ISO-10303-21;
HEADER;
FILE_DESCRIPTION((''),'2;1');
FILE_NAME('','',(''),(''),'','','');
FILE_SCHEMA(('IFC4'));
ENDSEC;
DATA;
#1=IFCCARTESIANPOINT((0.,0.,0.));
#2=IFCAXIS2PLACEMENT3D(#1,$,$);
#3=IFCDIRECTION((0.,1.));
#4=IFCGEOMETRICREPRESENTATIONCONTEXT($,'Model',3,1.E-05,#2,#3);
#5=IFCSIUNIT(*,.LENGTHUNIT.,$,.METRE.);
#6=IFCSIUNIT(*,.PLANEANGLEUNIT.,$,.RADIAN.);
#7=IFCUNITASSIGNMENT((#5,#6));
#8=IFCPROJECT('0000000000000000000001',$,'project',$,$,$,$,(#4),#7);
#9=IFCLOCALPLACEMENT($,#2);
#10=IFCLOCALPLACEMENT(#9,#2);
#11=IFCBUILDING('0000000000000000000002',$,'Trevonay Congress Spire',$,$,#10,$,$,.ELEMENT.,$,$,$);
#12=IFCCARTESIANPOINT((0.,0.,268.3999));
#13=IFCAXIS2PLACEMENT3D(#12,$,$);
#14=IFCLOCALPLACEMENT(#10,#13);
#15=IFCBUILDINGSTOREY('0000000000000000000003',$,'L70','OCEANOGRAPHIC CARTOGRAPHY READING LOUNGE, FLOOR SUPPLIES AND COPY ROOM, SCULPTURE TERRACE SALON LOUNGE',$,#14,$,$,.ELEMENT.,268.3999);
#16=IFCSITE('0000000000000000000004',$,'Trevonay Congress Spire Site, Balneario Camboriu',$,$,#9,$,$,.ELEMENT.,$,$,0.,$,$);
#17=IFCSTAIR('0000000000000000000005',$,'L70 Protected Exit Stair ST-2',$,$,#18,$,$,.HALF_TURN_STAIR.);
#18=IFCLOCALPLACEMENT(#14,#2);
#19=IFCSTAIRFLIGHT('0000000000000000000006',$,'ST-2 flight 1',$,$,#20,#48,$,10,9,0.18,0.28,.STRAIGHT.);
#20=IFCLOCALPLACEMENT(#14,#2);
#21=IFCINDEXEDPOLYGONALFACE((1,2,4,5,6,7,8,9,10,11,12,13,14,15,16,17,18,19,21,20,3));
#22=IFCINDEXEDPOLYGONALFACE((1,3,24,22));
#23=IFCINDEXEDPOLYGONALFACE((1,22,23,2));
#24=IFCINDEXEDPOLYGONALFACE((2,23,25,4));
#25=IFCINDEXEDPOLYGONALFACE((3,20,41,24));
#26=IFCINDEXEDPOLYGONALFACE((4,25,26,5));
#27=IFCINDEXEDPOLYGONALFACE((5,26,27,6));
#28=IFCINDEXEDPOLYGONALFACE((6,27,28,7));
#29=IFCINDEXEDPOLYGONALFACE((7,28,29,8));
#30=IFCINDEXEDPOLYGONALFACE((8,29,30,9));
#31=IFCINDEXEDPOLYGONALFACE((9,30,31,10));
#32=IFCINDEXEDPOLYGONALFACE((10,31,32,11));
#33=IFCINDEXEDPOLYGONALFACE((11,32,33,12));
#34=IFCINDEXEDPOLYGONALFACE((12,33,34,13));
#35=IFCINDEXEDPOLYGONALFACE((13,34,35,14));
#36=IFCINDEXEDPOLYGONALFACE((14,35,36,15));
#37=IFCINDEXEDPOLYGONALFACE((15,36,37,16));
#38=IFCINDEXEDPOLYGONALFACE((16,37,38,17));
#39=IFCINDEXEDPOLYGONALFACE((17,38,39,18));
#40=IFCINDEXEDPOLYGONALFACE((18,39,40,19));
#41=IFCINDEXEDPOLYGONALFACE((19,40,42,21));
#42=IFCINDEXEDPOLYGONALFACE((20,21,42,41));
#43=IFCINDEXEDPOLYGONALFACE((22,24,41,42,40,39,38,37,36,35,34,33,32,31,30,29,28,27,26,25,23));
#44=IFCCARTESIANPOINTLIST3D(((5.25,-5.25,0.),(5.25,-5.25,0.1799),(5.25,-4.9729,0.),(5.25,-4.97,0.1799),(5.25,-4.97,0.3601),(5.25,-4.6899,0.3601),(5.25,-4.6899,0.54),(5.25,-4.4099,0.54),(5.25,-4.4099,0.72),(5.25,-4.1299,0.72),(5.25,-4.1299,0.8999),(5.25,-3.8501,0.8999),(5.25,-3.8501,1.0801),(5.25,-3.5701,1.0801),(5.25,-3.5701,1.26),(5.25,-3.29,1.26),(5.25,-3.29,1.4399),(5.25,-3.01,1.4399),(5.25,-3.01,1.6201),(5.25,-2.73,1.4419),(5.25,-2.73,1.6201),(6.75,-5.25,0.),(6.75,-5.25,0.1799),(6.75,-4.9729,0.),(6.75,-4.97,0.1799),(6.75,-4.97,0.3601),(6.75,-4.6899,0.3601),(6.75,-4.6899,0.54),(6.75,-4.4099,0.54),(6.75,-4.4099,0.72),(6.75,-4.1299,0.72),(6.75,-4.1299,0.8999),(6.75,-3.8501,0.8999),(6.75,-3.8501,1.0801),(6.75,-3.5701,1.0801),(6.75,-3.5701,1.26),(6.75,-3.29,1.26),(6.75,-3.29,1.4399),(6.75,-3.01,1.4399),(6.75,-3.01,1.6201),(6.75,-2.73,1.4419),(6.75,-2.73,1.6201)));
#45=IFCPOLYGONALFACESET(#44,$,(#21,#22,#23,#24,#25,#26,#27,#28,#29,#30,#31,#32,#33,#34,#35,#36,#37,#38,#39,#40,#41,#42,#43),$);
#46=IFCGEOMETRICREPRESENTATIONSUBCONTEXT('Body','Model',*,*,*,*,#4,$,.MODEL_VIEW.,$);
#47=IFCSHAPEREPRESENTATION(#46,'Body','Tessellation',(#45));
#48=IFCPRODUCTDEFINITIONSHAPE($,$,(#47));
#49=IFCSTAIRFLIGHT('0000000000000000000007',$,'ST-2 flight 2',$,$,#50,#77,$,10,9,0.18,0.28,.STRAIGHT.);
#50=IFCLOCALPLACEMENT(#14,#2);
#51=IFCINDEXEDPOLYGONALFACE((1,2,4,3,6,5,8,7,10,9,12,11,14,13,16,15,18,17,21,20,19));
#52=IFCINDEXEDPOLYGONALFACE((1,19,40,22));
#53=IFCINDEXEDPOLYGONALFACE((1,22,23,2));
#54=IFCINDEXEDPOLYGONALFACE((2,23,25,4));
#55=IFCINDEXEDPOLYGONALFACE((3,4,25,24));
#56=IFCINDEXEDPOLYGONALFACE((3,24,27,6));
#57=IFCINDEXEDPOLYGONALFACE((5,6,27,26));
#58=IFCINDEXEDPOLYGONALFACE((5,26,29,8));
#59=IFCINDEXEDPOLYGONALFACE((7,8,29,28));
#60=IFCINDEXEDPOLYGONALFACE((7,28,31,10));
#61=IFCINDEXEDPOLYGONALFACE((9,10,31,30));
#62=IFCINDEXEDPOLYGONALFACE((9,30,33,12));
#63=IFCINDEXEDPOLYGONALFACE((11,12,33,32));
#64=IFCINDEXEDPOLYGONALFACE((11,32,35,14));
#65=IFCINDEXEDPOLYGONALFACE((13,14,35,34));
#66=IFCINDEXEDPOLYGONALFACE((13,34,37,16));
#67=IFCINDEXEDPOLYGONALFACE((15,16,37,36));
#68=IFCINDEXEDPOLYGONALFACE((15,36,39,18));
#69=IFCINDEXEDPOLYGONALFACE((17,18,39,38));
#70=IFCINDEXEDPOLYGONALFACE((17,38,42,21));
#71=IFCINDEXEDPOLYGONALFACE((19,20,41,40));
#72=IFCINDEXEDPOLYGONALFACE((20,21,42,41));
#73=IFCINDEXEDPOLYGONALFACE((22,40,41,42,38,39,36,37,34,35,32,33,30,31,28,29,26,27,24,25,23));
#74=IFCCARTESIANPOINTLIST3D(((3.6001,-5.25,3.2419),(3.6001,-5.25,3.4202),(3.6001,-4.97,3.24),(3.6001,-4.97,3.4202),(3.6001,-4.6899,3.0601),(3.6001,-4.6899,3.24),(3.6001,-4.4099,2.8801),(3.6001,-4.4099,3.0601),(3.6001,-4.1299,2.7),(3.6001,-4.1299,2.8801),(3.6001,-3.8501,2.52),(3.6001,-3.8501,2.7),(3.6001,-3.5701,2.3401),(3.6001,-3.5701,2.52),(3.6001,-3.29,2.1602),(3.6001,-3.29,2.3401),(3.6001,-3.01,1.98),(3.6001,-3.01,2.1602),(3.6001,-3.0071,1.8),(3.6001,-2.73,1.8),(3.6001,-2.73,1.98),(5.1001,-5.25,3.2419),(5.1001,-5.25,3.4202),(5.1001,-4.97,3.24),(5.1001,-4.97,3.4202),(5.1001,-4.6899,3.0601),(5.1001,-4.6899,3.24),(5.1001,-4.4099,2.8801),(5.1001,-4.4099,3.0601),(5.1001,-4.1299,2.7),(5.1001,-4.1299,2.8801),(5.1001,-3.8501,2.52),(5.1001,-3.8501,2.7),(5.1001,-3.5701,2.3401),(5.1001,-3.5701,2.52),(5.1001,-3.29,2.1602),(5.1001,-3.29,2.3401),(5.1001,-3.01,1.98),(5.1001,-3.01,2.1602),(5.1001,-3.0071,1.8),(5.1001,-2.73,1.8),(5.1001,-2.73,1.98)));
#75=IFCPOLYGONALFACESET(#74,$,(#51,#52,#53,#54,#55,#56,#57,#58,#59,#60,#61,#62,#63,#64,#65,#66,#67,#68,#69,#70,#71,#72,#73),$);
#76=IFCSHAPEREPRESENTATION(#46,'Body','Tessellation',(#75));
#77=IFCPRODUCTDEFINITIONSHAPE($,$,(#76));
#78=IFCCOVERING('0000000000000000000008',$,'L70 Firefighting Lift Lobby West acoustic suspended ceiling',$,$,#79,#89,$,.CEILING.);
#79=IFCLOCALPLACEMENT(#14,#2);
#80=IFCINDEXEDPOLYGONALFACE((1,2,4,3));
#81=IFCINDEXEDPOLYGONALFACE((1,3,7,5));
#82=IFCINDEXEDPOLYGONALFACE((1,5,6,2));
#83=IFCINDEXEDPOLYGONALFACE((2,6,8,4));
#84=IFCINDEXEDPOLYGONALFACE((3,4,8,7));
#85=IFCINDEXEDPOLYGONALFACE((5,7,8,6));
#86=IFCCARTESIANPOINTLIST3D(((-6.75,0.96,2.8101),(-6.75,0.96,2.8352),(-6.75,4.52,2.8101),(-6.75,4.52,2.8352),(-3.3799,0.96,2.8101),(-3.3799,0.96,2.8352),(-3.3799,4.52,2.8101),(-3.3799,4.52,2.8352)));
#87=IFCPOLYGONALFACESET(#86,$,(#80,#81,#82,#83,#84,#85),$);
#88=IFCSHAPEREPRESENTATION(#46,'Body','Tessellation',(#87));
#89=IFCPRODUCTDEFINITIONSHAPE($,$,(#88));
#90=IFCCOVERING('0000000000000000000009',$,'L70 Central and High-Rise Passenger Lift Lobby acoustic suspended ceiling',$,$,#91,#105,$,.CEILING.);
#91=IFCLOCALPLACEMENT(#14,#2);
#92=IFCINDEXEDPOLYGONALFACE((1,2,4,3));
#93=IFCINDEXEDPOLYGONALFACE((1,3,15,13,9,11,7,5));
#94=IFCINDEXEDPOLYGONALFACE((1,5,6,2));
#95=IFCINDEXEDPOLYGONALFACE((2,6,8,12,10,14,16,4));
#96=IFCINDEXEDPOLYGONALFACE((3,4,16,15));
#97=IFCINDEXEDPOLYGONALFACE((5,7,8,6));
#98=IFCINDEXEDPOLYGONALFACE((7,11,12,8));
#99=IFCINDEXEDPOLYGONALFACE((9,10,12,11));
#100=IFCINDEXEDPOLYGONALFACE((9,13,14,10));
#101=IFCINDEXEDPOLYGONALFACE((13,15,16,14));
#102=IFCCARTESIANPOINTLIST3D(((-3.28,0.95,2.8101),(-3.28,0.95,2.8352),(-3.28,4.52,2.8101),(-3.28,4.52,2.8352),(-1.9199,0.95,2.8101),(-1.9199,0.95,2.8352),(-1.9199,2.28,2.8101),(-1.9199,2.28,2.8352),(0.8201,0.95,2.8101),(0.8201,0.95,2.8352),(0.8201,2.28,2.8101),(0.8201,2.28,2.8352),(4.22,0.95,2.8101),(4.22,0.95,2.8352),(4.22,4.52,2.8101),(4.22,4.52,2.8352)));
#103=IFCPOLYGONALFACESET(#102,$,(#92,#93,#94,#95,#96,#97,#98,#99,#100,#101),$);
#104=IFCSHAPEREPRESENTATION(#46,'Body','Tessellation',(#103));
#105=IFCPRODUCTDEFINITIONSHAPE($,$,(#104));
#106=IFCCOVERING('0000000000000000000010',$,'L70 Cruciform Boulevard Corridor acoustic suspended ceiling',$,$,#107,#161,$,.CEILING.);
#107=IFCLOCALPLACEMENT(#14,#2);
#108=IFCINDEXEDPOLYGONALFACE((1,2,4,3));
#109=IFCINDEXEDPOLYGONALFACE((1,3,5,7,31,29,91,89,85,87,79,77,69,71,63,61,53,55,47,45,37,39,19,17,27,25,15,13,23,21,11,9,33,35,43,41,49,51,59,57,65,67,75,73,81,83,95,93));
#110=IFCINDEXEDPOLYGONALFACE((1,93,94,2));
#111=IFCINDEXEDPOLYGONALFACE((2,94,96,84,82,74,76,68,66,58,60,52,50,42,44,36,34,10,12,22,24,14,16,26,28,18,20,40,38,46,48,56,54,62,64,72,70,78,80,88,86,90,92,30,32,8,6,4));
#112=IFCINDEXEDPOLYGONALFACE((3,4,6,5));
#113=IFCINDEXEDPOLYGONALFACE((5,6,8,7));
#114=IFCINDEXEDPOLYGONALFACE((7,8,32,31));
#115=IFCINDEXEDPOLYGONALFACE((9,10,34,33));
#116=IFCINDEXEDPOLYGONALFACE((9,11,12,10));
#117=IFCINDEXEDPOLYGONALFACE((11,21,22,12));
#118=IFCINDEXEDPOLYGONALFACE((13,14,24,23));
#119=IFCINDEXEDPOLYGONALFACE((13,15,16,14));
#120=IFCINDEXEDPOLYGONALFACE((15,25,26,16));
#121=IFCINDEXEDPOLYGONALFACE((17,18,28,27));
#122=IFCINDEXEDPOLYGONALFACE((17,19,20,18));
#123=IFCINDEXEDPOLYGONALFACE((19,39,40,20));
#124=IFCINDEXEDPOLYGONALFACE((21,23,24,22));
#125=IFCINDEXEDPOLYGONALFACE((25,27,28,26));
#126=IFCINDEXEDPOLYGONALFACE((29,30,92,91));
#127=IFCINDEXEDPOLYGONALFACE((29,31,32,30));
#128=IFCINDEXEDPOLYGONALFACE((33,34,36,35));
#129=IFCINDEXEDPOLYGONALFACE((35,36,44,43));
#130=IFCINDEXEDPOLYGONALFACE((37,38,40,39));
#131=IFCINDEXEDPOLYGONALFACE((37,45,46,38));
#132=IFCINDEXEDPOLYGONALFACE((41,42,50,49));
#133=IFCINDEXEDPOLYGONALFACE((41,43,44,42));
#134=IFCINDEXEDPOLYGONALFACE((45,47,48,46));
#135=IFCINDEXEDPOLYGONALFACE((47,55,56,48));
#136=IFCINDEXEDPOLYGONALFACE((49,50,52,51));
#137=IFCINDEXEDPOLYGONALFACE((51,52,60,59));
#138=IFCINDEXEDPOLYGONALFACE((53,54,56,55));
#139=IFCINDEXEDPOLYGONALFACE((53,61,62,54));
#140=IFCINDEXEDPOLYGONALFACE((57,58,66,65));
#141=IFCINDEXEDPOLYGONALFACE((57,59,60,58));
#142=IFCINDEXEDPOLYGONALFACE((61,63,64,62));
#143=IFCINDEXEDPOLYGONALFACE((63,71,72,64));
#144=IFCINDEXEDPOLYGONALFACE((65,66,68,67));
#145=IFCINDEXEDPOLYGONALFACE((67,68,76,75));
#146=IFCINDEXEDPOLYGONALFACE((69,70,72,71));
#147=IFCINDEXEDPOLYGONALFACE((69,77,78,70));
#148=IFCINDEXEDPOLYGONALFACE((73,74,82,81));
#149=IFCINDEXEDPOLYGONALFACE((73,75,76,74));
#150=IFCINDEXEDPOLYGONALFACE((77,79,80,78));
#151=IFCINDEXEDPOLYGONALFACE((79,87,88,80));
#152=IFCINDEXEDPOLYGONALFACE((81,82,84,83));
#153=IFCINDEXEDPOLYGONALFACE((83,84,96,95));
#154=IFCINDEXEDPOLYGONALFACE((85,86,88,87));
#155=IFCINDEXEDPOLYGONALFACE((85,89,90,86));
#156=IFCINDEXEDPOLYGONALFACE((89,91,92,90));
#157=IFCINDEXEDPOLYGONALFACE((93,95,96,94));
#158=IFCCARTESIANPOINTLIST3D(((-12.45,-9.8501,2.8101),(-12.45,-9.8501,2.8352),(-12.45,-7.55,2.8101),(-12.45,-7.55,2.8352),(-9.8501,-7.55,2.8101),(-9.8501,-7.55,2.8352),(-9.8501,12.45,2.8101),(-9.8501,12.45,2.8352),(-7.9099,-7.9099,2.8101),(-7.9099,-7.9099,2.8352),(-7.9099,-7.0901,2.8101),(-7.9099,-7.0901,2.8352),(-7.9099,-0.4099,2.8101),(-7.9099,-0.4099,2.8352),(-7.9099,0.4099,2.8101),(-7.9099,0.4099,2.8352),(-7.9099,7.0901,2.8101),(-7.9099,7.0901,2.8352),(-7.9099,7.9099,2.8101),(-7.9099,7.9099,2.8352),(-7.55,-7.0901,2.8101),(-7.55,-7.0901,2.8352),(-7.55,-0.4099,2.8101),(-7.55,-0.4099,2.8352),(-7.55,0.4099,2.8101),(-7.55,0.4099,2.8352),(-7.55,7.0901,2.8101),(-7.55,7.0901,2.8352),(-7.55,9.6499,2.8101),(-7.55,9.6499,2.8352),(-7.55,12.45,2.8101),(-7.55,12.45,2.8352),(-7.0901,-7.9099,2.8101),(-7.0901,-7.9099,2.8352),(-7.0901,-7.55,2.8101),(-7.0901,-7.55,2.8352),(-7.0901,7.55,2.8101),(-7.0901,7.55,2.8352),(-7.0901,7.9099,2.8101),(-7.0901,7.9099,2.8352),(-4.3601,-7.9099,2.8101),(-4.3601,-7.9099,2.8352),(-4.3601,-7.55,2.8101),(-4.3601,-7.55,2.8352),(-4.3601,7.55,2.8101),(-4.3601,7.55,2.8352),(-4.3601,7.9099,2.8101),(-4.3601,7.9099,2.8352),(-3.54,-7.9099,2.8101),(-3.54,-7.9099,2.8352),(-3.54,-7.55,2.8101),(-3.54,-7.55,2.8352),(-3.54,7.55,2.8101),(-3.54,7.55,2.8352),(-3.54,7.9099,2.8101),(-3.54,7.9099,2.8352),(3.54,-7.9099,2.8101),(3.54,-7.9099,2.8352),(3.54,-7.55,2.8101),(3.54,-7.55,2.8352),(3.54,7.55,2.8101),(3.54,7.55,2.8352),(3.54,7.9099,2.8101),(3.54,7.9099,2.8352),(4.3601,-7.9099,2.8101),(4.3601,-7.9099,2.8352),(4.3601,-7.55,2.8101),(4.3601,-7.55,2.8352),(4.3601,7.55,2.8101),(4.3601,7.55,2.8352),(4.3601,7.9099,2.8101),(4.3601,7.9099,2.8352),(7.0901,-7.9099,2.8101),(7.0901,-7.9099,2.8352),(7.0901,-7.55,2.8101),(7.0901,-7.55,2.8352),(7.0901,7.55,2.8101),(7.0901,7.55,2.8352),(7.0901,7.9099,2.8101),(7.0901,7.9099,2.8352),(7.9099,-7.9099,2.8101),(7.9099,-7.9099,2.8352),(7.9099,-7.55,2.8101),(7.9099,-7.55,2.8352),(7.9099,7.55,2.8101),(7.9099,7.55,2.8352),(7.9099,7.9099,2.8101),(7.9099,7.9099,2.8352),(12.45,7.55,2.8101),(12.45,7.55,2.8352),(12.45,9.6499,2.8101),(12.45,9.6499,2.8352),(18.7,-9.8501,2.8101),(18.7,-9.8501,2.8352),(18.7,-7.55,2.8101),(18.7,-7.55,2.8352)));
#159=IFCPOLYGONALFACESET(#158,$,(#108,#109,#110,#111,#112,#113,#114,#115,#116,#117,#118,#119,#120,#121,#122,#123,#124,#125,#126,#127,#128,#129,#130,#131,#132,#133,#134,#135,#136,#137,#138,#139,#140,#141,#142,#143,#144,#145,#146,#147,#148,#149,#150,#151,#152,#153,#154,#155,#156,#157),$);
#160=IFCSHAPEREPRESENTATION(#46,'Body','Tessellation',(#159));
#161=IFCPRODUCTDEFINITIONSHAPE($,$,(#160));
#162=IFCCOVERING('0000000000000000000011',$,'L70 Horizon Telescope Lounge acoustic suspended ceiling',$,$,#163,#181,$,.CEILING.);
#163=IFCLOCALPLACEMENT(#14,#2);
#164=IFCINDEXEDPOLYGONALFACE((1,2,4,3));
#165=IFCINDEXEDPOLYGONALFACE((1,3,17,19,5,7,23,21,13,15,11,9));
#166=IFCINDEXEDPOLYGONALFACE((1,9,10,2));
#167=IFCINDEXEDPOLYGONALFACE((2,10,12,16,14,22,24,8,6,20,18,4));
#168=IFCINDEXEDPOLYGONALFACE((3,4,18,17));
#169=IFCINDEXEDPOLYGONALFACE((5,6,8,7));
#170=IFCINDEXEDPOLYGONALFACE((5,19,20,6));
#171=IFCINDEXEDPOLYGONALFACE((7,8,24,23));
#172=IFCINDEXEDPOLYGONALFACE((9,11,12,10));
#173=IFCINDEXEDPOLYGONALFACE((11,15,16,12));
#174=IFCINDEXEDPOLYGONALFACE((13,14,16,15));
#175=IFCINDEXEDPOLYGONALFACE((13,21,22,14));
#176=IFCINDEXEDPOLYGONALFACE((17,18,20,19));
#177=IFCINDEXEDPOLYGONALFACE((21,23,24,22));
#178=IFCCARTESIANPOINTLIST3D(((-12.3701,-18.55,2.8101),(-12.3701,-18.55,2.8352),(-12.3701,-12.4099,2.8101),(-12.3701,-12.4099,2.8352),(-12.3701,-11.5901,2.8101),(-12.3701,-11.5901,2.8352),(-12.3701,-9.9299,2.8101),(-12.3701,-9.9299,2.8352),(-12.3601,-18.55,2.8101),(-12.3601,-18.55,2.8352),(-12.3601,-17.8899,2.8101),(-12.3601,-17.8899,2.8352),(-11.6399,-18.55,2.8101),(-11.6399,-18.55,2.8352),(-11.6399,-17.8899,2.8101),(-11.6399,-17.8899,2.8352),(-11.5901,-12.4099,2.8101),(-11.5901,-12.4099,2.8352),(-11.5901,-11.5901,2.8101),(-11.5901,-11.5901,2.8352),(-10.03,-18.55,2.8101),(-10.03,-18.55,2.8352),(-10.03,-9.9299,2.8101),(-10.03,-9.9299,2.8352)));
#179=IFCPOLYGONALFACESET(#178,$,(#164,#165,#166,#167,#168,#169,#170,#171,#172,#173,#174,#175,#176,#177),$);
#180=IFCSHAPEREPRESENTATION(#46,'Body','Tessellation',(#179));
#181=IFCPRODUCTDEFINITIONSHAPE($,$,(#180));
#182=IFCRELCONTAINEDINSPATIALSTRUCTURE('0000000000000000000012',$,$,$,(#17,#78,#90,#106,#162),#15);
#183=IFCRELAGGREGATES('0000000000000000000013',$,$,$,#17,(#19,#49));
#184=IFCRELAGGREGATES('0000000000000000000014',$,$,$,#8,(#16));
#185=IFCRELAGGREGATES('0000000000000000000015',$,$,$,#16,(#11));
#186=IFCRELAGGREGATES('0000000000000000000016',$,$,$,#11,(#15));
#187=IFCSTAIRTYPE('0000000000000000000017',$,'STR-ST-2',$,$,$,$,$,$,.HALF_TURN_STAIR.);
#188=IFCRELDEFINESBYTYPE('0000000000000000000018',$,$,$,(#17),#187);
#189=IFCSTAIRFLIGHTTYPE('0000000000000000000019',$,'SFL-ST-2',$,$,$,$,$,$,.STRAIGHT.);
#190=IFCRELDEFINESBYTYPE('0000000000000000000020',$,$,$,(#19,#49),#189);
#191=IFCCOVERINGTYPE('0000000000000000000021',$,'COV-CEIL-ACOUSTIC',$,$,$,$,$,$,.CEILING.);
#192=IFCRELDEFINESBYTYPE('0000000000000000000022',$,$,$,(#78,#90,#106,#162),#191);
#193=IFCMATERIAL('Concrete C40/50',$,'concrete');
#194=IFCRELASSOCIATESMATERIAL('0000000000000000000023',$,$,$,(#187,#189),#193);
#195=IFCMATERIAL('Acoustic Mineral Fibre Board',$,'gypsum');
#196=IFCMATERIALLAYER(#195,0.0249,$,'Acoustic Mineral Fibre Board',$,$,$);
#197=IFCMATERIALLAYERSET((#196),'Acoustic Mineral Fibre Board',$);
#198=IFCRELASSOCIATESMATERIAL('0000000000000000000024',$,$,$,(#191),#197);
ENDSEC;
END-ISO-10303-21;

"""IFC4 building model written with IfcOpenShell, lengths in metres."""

from ifc_helpers import new_model, si_unit, direction, frame, origin, place, context, subcontext, project, spatial, polyline, outline, extrude, material, layer, layer_set, type_object, element, aggregate, save


model = new_model("IFC4")

# Units and contexts
model_context = context("Model", 3, precision=1e-05, world=origin(), true_north=direction((0.0, 1.0)))
body_context = subcontext(model_context, "Body", "Model", "MODEL_VIEW")
ifc_project = project(units=[si_unit("LENGTHUNIT", "METRE"), si_unit("PLANEANGLEUNIT", "RADIAN")], contexts=[model_context])

# Site, building, storey
site_placement = place(None, origin())
site = spatial("IfcSite", under=ifc_project, at=site_placement, Name="Trevonay Congress Spire Site, Balneario Camboriu", CompositionType="ELEMENT", RefElevation=0.0)
building_placement = place(site_placement, origin())
building = spatial("IfcBuilding", under=site, at=building_placement, Name="Trevonay Congress Spire", CompositionType="ELEMENT")
storey_placement = place(building_placement, frame((0.0, 0.0, 268.3999)))
storey = spatial("IfcBuildingStorey", under=building, at=storey_placement, Name="L70", Description="OCEANOGRAPHIC CARTOGRAPHY READING LOUNGE, FLOOR SUPPLIES AND COPY ROOM, SCULPTURE TERRACE SALON LOUNGE", CompositionType="ELEMENT", Elevation=268.3999)

# Stair
ifc_material_1 = material(Name="Concrete C40/50", Category="concrete")
stair_type = type_object("IfcStairType", Name="STR-ST-2", PredefinedType="HALF_TURN_STAIR", material=ifc_material_1)
stair_placement = place(storey_placement, origin())
stair = element("IfcStair", 1, at=stair_placement, inside=storey, type_object=stair_type, Name="L70 Protected Exit Stair ST-2", PredefinedType="HALF_TURN_STAIR")

# Stair flights
stair_flight_type = type_object("IfcStairFlightType", Name="SFL-ST-2", PredefinedType="STRAIGHT", material=ifc_material_1)
stair_flight_1_placement = place(storey_placement, frame((6.0, -5.25, 0.0), z_axis=(0.0, 0.0, 1.0), x_axis=(0.0, 1.0, 0.0)))
stair_flight_1 = element("IfcStairFlight", 2, at=stair_flight_1_placement, type_object=stair_flight_type, Name="ST-2 flight 1", NumberOfRisers=10, NumberOfTreads=9, PredefinedType="STRAIGHT", RiserHeight=0.18, TreadLength=0.28, context=body_context, shape_type="SweptSolid", body=[
    extrude(outline(polyline([(0.0, 0.0), (0.0, 0.1799), (0.28, 0.1799), (0.28, 0.3601), (0.5601, 0.3601), (0.5601, 0.54), (0.8401, 0.54), (0.8401, 0.72), (1.1201, 0.72), (1.1201, 0.8999), (1.3999, 0.8999), (1.3999, 1.0801), (1.6799, 1.0801), (1.6799, 1.26), (1.96, 1.26), (1.96, 1.4399), (2.24, 1.4399), (2.24, 1.6201), (2.52, 1.6201), (2.52, 1.8), (2.52, 1.4419), (0.2771, 0.0), (0.0, 0.0)])), frame((0.0, 0.75, 0.0), z_axis=(0.0, -1.0, 0.0), x_axis=(1.0, 0.0, 0.0)), (0.0, 0.0, 1.0), 1.5),
])
stair_flight_2_placement = place(storey_placement, frame((4.3501, -2.73, 1.8), z_axis=(0.0, 0.0, 1.0), x_axis=(0.0, -1.0, 0.0)))
stair_flight_2 = element("IfcStairFlight", 3, at=stair_flight_2_placement, type_object=stair_flight_type, Name="ST-2 flight 2", NumberOfRisers=10, NumberOfTreads=9, PredefinedType="STRAIGHT", RiserHeight=0.18, TreadLength=0.28, context=body_context, shape_type="SweptSolid", body=[
    extrude(outline(polyline([(0.0, 0.0), (0.0, 0.1799), (0.28, 0.1799), (0.28, 0.3601), (0.5601, 0.3601), (0.5601, 0.54), (0.8401, 0.54), (0.8401, 0.72), (1.1201, 0.72), (1.1201, 0.8999), (1.3999, 0.8999), (1.3999, 1.0801), (1.6799, 1.0801), (1.6799, 1.26), (1.96, 1.26), (1.96, 1.4399), (2.24, 1.4399), (2.24, 1.6201), (2.52, 1.6201), (2.52, 1.8), (2.52, 1.4419), (0.2771, 0.0), (0.0, 0.0)])), frame((0.0, 0.75, 0.0), z_axis=(0.0, -1.0, 0.0), x_axis=(1.0, 0.0, 0.0)), (0.0, 0.0, 1.0), 1.5),
])
aggregate(stair, [stair_flight_1, stair_flight_2])

# Coverings
ifc_material_2 = material(Name="Acoustic Mineral Fibre Board", Category="gypsum")
ifc_layer_1 = layer(ifc_material_2, 0.0249, Name="Acoustic Mineral Fibre Board")
ifc_layer_set_1 = layer_set([ifc_layer_1], Name="Acoustic Mineral Fibre Board")
covering_type_1 = type_object("IfcCoveringType", Name="COV-CEIL-ACOUSTIC", PredefinedType="CEILING", material=ifc_layer_set_1)
covering_1_placement = place(storey_placement, frame((0.0, 0.0, 2.8101)))
element("IfcCovering", 4, at=covering_1_placement, inside=storey, type_object=covering_type_1, Name="L70 Firefighting Lift Lobby West acoustic suspended ceiling", PredefinedType="CEILING", context=body_context, shape_type="SweptSolid", body=[
    extrude(outline(polyline([(-6.75, 0.96), (-3.3799, 0.96), (-3.3799, 4.52), (-6.75, 4.52), (-6.75, 0.96)])), origin(), (0.0, 0.0, 1.0), 0.0251),
])
covering_2_placement = place(storey_placement, frame((0.0, 0.0, 2.8101)))
element("IfcCovering", 5, at=covering_2_placement, inside=storey, type_object=covering_type_1, Name="L70 Central and High-Rise Passenger Lift Lobby acoustic suspended ceiling", PredefinedType="CEILING", context=body_context, shape_type="SweptSolid", body=[
    extrude(outline(polyline([(-3.28, 0.95), (-1.9199, 0.95), (-1.9199, 2.28), (0.8201, 2.28), (0.8201, 0.95), (4.22, 0.95), (4.22, 4.52), (-3.28, 4.52), (-3.28, 0.95)])), origin(), (0.0, 0.0, 1.0), 0.0251),
])
covering_3_placement = place(storey_placement, frame((0.0, 0.0, 2.8101)))
element("IfcCovering", 6, at=covering_3_placement, inside=storey, type_object=covering_type_1, Name="L70 Cruciform Boulevard Corridor acoustic suspended ceiling", PredefinedType="CEILING", context=body_context, shape_type="SweptSolid", body=[
    extrude(outline(polyline([(18.7, -7.55), (18.7, -9.8501), (-12.45, -9.8501), (-12.45, -7.55), (-9.8501, -7.55), (-9.8501, 12.45), (-7.55, 12.45), (-7.55, 9.6499), (12.45, 9.6499), (12.45, 7.55), (7.9099, 7.55), (7.9099, 7.9099), (7.0901, 7.9099), (7.0901, 7.55), (4.3601, 7.55), (4.3601, 7.9099), (3.54, 7.9099), (3.54, 7.55), (-3.54, 7.55), (-3.54, 7.9099), (-4.3601, 7.9099), (-4.3601, 7.55), (-7.0901, 7.55), (-7.0901, 7.9099), (-7.9099, 7.9099), (-7.9099, 7.0901), (-7.55, 7.0901), (-7.55, 0.4099), (-7.9099, 0.4099), (-7.9099, -0.4099), (-7.55, -0.4099), (-7.55, -7.0901), (-7.9099, -7.0901), (-7.9099, -7.9099), (-7.0901, -7.9099), (-7.0901, -7.55), (-4.3601, -7.55), (-4.3601, -7.9099), (-3.54, -7.9099), (-3.54, -7.55), (3.54, -7.55), (3.54, -7.9099), (4.3601, -7.9099), (4.3601, -7.55), (7.0901, -7.55), (7.0901, -7.9099), (7.9099, -7.9099), (7.9099, -7.55), (18.7, -7.55)])), origin(), (0.0, 0.0, 1.0), 0.0251),
])
covering_4_placement = place(storey_placement, frame((0.0, 0.0, 2.8101)))
element("IfcCovering", 7, at=covering_4_placement, inside=storey, type_object=covering_type_1, Name="L70 Horizon Telescope Lounge acoustic suspended ceiling", PredefinedType="CEILING", context=body_context, shape_type="SweptSolid", body=[
    extrude(outline(polyline([(-12.3701, -18.55), (-12.3701, -12.4099), (-11.5901, -12.4099), (-11.5901, -11.5901), (-12.3701, -11.5901), (-12.3701, -9.9299), (-10.03, -9.9299), (-10.03, -18.55), (-11.6399, -18.55), (-11.6399, -17.8899), (-12.3601, -17.8899), (-12.3601, -18.55), (-12.3701, -18.55)])), origin(), (0.0, 0.0, 1.0), 0.0251),
])

save(model, "model.ifc")
